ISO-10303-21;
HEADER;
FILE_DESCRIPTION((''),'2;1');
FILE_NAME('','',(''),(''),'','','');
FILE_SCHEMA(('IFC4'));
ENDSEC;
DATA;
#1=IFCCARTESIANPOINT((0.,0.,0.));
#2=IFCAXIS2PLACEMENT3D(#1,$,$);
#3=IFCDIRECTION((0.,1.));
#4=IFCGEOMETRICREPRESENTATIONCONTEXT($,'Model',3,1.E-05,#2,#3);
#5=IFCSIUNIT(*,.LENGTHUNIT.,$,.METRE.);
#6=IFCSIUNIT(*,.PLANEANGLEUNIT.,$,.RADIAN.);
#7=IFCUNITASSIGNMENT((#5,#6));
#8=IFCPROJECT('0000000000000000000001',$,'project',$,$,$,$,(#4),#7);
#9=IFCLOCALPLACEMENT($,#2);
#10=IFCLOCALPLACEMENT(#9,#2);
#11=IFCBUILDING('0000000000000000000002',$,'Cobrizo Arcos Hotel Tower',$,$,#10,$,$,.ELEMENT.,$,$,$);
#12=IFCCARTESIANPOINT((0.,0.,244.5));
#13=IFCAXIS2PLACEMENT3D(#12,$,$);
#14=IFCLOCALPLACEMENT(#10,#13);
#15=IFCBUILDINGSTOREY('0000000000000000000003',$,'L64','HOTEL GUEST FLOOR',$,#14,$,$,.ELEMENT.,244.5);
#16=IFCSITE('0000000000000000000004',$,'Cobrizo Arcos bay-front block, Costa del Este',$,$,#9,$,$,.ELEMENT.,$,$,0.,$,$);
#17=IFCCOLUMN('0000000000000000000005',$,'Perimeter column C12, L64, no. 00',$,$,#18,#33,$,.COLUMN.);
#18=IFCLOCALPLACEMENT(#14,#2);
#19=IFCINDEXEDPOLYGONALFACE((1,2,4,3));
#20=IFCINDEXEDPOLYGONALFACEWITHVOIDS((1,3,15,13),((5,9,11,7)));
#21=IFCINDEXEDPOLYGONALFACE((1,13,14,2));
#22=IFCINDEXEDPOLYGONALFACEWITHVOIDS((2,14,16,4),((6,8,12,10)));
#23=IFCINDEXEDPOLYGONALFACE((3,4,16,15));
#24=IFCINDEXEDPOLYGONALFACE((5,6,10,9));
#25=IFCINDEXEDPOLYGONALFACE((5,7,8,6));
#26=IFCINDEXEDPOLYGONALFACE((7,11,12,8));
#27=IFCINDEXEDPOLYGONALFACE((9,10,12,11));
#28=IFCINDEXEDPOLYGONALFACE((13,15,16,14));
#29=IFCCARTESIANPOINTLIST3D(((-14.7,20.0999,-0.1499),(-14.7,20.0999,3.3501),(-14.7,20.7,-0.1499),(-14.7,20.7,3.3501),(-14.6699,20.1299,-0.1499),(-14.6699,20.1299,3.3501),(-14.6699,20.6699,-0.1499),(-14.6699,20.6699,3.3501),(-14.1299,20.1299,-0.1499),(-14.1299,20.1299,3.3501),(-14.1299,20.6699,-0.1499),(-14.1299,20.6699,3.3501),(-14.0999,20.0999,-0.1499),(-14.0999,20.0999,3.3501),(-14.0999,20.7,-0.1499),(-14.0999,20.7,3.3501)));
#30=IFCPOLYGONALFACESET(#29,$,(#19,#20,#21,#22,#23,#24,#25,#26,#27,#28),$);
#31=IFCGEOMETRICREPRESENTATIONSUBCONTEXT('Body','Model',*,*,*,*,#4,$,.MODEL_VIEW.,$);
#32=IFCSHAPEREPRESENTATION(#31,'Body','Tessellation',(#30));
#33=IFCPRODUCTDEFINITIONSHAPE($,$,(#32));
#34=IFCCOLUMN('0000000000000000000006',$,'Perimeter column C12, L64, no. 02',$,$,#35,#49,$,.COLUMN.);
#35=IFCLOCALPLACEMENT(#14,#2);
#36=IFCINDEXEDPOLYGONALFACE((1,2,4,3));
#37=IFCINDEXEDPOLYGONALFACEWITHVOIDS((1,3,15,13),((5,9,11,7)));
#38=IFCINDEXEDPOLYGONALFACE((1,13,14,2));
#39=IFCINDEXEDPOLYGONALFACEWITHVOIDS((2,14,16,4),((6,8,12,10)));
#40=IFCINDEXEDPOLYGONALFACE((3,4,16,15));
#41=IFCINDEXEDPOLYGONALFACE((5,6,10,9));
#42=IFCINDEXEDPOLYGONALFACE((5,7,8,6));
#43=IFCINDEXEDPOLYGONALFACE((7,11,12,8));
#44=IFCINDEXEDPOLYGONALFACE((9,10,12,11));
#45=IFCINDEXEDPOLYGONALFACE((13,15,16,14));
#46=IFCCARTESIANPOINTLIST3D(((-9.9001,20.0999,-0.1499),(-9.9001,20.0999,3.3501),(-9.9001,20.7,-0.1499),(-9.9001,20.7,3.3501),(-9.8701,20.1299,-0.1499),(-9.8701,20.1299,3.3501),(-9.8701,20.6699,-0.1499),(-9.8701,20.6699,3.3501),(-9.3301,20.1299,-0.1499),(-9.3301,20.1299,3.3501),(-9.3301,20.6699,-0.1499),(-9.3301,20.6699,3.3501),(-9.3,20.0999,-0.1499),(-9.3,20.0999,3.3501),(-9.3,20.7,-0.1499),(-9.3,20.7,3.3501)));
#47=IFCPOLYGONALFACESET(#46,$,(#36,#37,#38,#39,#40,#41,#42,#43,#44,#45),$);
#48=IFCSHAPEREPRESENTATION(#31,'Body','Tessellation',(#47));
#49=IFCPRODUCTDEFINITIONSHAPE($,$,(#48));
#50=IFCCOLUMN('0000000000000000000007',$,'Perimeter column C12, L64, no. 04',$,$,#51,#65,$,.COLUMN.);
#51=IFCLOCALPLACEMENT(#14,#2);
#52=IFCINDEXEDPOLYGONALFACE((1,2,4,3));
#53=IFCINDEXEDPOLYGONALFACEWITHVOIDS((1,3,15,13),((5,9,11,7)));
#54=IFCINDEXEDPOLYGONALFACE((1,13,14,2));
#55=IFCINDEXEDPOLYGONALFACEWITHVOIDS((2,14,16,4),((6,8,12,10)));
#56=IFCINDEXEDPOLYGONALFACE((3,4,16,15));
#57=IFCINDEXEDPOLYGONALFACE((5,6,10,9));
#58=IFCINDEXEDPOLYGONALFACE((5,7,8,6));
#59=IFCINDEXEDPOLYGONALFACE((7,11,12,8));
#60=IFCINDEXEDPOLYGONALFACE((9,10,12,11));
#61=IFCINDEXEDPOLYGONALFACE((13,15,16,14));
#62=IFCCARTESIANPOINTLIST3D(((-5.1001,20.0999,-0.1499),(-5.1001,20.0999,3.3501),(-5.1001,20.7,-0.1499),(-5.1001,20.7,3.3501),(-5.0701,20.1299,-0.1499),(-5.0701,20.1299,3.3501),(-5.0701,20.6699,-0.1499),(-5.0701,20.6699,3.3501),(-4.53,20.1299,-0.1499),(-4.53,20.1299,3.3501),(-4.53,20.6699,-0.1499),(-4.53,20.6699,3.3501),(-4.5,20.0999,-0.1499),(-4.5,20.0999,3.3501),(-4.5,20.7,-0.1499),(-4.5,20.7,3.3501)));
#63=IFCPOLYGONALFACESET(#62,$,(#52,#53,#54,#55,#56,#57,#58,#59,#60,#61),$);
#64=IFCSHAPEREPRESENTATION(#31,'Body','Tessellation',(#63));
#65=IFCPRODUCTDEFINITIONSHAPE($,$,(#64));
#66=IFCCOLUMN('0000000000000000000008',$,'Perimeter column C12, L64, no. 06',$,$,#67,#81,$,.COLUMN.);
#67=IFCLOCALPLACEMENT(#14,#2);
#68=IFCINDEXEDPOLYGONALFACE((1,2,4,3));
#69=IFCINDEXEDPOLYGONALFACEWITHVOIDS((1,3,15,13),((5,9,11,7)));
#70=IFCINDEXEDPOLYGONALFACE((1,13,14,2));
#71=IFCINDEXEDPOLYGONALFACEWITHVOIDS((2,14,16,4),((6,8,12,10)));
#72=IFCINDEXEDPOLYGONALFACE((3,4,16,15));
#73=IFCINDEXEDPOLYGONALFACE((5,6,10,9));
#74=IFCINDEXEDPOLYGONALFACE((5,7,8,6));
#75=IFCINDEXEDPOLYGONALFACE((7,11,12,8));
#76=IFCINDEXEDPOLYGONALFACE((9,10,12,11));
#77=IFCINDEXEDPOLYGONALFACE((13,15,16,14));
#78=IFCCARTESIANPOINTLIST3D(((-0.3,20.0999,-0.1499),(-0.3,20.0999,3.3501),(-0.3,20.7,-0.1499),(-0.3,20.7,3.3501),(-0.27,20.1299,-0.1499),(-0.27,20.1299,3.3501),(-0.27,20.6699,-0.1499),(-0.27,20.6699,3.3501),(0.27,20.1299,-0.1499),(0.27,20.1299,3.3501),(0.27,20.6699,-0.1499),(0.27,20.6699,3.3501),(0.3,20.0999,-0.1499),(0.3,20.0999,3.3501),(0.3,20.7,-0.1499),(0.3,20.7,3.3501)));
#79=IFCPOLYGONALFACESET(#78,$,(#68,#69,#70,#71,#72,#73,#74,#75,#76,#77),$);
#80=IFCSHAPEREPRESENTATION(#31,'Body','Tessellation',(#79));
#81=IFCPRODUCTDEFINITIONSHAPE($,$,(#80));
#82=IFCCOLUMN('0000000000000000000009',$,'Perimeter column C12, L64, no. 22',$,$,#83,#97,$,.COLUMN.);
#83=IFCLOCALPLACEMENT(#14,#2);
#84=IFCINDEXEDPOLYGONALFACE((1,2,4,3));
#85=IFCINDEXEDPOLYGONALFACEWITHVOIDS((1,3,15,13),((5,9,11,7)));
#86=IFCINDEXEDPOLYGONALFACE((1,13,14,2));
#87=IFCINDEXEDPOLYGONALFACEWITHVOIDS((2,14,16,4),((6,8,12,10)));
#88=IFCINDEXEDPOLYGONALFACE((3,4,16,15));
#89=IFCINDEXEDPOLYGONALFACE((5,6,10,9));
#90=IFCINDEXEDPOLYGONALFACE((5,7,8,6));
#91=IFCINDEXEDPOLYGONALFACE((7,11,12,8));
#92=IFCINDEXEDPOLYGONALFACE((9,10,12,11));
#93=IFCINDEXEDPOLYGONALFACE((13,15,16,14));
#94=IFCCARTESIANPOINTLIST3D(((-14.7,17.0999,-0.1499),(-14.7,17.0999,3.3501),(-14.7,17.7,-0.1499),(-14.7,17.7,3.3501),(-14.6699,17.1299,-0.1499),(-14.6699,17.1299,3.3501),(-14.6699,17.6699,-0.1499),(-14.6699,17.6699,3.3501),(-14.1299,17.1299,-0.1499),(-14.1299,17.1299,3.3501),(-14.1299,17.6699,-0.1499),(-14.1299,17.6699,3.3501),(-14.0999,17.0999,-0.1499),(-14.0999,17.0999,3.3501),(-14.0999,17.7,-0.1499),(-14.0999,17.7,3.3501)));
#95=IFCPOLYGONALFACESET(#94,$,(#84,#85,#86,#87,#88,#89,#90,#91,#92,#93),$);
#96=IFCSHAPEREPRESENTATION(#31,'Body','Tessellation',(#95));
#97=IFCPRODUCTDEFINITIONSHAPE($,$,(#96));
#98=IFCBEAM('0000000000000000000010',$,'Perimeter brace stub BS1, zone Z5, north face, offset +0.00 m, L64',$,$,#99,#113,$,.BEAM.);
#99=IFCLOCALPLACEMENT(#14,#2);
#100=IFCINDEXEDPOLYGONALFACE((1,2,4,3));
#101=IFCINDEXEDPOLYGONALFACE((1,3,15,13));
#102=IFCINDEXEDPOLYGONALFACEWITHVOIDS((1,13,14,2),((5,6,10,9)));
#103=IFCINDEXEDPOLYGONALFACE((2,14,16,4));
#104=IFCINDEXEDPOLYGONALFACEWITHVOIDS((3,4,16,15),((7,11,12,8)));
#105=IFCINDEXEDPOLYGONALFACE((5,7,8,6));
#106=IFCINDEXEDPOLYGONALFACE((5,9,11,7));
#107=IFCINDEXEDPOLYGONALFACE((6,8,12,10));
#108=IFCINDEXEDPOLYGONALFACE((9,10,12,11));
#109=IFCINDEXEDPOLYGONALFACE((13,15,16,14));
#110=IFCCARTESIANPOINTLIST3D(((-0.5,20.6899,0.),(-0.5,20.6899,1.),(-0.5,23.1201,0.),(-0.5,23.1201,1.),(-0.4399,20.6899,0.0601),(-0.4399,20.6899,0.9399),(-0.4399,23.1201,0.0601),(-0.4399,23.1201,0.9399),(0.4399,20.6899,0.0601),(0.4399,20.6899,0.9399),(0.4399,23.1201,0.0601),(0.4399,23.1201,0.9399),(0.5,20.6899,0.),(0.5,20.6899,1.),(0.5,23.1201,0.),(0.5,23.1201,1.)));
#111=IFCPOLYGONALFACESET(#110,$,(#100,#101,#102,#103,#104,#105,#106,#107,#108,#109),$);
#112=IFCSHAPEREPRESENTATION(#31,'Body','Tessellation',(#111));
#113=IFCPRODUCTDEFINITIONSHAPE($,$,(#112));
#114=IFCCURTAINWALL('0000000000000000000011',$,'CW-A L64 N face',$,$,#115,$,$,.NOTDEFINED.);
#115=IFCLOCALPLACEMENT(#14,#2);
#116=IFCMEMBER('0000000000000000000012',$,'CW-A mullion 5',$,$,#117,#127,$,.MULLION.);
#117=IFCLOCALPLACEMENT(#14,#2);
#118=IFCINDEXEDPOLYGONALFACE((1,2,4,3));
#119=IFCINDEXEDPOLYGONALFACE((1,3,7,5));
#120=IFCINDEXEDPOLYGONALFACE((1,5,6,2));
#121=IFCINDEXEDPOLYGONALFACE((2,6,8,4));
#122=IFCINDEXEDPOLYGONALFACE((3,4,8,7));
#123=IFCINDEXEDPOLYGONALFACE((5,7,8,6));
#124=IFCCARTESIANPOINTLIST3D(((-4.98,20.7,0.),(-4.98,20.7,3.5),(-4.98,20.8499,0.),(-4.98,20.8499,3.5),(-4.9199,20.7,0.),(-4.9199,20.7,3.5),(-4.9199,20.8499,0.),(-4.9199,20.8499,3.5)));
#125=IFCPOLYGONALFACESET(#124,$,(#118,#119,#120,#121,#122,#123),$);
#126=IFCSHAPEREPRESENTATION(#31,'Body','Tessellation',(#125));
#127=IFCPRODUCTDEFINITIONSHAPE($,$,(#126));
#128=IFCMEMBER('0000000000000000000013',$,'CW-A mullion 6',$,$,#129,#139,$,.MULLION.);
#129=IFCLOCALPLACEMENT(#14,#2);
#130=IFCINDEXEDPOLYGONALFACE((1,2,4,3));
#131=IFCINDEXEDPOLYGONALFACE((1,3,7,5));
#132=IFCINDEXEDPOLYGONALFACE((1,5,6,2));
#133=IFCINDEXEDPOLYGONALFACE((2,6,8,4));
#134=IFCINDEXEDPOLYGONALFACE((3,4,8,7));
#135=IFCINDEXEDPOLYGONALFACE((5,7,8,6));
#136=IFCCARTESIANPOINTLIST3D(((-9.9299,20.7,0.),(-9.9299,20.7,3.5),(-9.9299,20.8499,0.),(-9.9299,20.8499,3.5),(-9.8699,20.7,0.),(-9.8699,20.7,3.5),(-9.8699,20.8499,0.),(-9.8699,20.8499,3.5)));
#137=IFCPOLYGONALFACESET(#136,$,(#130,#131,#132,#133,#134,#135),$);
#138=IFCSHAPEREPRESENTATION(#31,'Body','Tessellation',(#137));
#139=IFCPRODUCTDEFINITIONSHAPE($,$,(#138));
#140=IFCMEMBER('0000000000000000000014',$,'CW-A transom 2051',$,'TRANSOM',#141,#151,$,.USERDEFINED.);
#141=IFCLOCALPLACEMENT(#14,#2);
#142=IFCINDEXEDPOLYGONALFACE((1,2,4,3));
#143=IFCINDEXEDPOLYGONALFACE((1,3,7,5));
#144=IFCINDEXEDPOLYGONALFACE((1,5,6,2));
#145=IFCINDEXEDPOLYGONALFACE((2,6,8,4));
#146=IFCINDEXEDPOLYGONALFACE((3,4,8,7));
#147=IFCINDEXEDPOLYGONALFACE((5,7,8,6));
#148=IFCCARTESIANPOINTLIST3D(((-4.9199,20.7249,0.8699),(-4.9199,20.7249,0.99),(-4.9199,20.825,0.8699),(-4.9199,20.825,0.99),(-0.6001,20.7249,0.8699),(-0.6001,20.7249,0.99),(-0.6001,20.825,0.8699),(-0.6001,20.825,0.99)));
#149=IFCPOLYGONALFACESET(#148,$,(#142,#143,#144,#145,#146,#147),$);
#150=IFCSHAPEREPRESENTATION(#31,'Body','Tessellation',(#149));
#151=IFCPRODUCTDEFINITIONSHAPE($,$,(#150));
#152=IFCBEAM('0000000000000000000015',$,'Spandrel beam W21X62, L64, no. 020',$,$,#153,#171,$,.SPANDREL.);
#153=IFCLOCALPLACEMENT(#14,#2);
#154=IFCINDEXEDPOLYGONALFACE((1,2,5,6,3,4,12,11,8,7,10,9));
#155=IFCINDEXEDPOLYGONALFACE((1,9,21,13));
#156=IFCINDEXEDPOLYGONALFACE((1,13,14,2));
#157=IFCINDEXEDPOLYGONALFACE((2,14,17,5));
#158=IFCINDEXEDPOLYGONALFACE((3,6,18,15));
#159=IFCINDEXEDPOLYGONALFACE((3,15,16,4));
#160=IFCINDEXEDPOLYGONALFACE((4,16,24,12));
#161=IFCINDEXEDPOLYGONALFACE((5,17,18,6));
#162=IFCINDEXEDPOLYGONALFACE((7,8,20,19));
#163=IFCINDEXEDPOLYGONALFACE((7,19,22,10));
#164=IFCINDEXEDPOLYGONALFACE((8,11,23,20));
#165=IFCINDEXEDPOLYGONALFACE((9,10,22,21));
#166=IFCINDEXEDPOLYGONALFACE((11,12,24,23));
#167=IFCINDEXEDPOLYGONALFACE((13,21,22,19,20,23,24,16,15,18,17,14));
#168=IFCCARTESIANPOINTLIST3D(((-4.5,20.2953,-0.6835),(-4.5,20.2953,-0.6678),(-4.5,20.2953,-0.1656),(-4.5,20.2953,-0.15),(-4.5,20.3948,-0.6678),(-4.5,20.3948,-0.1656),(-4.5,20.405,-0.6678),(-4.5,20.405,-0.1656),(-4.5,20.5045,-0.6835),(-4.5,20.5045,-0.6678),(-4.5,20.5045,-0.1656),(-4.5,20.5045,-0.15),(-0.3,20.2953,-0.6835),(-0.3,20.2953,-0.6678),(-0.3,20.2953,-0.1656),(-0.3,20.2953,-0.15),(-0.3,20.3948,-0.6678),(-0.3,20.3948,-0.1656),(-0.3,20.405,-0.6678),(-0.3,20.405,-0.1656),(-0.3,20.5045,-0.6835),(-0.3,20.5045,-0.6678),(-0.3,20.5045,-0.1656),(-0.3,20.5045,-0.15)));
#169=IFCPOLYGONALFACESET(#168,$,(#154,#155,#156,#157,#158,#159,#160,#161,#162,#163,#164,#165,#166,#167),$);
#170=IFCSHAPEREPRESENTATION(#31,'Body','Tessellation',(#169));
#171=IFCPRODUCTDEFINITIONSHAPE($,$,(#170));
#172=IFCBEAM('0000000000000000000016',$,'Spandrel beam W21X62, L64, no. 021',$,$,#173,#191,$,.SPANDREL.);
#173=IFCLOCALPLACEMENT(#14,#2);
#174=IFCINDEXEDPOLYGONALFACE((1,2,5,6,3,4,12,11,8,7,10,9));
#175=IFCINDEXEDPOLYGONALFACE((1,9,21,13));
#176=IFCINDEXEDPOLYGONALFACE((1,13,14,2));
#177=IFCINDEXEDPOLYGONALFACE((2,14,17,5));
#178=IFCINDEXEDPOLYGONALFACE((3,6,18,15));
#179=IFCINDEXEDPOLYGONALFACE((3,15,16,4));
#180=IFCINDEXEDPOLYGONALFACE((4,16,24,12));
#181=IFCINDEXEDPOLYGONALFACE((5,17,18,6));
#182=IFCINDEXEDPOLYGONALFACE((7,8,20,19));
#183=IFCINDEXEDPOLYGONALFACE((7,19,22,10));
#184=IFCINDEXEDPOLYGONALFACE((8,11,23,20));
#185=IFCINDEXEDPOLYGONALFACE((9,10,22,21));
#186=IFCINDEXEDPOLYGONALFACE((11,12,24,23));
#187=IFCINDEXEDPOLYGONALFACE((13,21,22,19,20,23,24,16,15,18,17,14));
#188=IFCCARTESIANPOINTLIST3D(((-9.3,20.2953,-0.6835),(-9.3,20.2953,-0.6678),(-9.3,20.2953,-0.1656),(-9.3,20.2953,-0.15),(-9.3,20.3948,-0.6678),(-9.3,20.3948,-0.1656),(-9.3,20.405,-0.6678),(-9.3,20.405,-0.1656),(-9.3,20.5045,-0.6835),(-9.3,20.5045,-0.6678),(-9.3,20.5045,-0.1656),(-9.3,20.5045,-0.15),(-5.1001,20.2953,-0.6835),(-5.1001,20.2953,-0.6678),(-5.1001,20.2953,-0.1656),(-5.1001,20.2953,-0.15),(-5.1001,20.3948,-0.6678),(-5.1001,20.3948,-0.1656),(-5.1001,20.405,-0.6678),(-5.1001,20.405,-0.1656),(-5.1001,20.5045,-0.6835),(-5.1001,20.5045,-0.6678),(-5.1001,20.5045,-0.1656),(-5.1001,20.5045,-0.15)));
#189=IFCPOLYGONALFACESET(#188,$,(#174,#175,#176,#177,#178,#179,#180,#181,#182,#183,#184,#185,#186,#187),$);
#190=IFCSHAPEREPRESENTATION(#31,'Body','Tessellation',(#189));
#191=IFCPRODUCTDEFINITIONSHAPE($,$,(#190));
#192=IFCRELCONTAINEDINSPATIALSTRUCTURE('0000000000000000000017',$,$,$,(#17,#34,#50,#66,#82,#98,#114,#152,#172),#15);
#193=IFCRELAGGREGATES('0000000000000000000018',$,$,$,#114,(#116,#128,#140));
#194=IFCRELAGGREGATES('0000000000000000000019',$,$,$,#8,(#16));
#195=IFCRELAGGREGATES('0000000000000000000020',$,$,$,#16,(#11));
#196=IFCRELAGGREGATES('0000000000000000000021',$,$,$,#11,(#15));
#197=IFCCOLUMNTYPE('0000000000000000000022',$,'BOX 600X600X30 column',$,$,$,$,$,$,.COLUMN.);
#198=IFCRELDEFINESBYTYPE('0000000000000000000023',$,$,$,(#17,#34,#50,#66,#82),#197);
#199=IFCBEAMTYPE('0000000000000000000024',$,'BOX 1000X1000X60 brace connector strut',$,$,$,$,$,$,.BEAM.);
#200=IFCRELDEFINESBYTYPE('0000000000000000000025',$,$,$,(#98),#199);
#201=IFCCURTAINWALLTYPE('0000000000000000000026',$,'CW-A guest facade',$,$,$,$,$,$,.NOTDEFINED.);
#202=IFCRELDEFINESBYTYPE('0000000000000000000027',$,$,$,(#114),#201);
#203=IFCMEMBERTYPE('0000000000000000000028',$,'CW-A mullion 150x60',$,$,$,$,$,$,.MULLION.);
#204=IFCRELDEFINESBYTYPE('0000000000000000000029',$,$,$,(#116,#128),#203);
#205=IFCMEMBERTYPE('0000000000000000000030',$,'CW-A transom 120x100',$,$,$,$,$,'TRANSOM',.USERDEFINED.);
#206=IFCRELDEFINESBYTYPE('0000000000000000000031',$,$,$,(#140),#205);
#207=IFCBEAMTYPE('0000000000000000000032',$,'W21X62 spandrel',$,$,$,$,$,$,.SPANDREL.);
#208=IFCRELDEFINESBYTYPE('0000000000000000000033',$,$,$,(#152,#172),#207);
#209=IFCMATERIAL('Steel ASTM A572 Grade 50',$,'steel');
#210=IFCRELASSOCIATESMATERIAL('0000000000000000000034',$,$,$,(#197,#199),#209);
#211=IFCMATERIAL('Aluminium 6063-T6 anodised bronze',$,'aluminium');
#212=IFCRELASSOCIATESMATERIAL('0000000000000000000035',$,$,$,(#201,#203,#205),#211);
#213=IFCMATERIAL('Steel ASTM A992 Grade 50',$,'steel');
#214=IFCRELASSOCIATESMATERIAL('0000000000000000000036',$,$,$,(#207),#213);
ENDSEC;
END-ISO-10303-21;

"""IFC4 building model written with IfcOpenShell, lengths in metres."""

from ifc_helpers import new_model, si_unit, direction, frame, origin, origin_2d, place, context, subcontext, project, spatial, rectangle, hollow_rectangle, i_section, extrude, material, material_profile, profile_set, type_object, element, aggregate, save


model = new_model("IFC4")

# Units and contexts
model_context = context("Model", 3, precision=1e-05, world=origin(), true_north=direction((0.0, 1.0)))
body_context = subcontext(model_context, "Body", "Model", "MODEL_VIEW")
ifc_project = project(units=[si_unit("LENGTHUNIT", "METRE"), si_unit("PLANEANGLEUNIT", "RADIAN")], contexts=[model_context])

# Site, building, storey
site_placement = place(None, origin())
site = spatial("IfcSite", under=ifc_project, at=site_placement, Name="Cobrizo Arcos bay-front block, Costa del Este", CompositionType="ELEMENT", RefElevation=0.0)
building_placement = place(site_placement, origin())
building = spatial("IfcBuilding", under=site, at=building_placement, Name="Cobrizo Arcos Hotel Tower", CompositionType="ELEMENT")
storey_placement = place(building_placement, frame((0.0, 0.0, 244.5)))
storey = spatial("IfcBuildingStorey", under=building, at=storey_placement, Name="L64", Description="HOTEL GUEST FLOOR", CompositionType="ELEMENT", Elevation=244.5)

# Columns
ifc_material_1 = material(Name="Steel ASTM A572 Grade 50", Category="steel")
ifc_material_profile_1 = material_profile(ifc_material_1, hollow_rectangle(XDim=0.6001, YDim=0.6001, WallThickness=0.03, at=origin_2d()), Name="BOX 600X600X30")
ifc_profile_set_1 = profile_set([ifc_material_profile_1], Name="Steel ASTM A572 Grade 50")
column_type = type_object("IfcColumnType", Name="BOX 600X600X30 column", PredefinedType="COLUMN", material=ifc_profile_set_1)
for number, where, z_axis, x_axis, name in (
    (1, (-14.3999, 20.3999, -0.1499), (0.0, 0.0, 1.0), (1.0, 0.0, 0.0), "Perimeter column C12, L64, no. 00"),
    (2, (-9.6001, 20.3999, -0.1499), (0.0, 0.0, 1.0), (1.0, 0.0, 0.0), "Perimeter column C12, L64, no. 02"),
    (3, (-4.8, 20.3999, -0.1499), (0.0, 0.0, 1.0), (1.0, 0.0, 0.0), "Perimeter column C12, L64, no. 04"),
    (4, (0.0, 20.3999, -0.1499), (0.0, 0.0, 1.0), (1.0, 0.0, 0.0), "Perimeter column C12, L64, no. 06"),
    (5, (-14.3999, 17.3999, -0.1499), (0.0, 0.0, 1.0), (1.0, 0.0, 0.0), "Perimeter column C12, L64, no. 22"),
):
    element("IfcColumn", number, at=place(storey_placement, frame(where, z_axis=z_axis, x_axis=x_axis)), inside=storey, type_object=column_type, Name=name, PredefinedType="COLUMN", context=body_context, shape_type="SweptSolid", body=[
        extrude(hollow_rectangle(XDim=0.6001, YDim=0.6001, WallThickness=0.03, at=origin_2d()), origin(), (0.0, 0.0, 1.0), 3.5),
    ])

# Beam
ifc_material_profile_2 = material_profile(ifc_material_1, hollow_rectangle(XDim=1.0, YDim=1.0, WallThickness=0.0601, at=origin_2d()), Name="BOX 1000X1000X60")
ifc_profile_set_2 = profile_set([ifc_material_profile_2], Name="Steel ASTM A572 Grade 50")
beam_type_1 = type_object("IfcBeamType", Name="BOX 1000X1000X60 brace connector strut", PredefinedType="BEAM", material=ifc_profile_set_2)
beam_1_placement = place(storey_placement, frame((0.0, 20.6899, 0.5), z_axis=(0.0, 1.0, 0.0), x_axis=(-1.0, 0.0, 0.0)))
element("IfcBeam", 6, at=beam_1_placement, inside=storey, type_object=beam_type_1, Name="Perimeter brace stub BS1, zone Z5, north face, offset +0.00 m, L64", PredefinedType="BEAM", context=body_context, shape_type="SweptSolid", body=[
    extrude(hollow_rectangle(XDim=1.0, YDim=1.0, WallThickness=0.0601, at=origin_2d()), origin(), (0.0, 0.0, 1.0), 2.4302),
])

# Curtain wall, members
ifc_material_2 = material(Name="Aluminium 6063-T6 anodised bronze", Category="aluminium")
curtain_wall_type = type_object("IfcCurtainWallType", Name="CW-A guest facade", PredefinedType="NOTDEFINED", material=ifc_material_2)
curtain_wall_placement = place(storey_placement, origin())
curtain_wall = element("IfcCurtainWall", 7, at=curtain_wall_placement, inside=storey, type_object=curtain_wall_type, Name="CW-A L64 N face", PredefinedType="NOTDEFINED")
ifc_material_profile_3 = material_profile(ifc_material_2, rectangle(XDim=0.1499, YDim=0.0601, at=origin_2d()), Name="CW-A mullion 150x60")
ifc_profile_set_3 = profile_set([ifc_material_profile_3], Name="Aluminium 6063-T6 anodised bronze")
member_type_1 = type_object("IfcMemberType", Name="CW-A mullion 150x60", PredefinedType="MULLION", material=ifc_profile_set_3)
member_1_placement = place(storey_placement, frame((-4.95, 20.7749, 0.0), z_axis=(0.0, 0.0, 1.0), x_axis=(0.0, 1.0, 0.0)))
member_1 = element("IfcMember", 8, at=member_1_placement, type_object=member_type_1, Name="CW-A mullion 5", PredefinedType="MULLION", context=body_context, shape_type="SweptSolid", body=[
    extrude(rectangle(XDim=0.1499, YDim=0.0601, at=origin_2d()), origin(), (0.0, 0.0, 1.0), 3.5),
])
member_2_placement = place(storey_placement, frame((-9.8999, 20.7749, 0.0), z_axis=(0.0, 0.0, 1.0), x_axis=(0.0, 1.0, 0.0)))
member_2 = element("IfcMember", 9, at=member_2_placement, type_object=member_type_1, Name="CW-A mullion 6", PredefinedType="MULLION", context=body_context, shape_type="SweptSolid", body=[
    extrude(rectangle(XDim=0.1499, YDim=0.0601, at=origin_2d()), origin(), (0.0, 0.0, 1.0), 3.5),
])
ifc_material_profile_4 = material_profile(ifc_material_2, rectangle(XDim=0.1001, YDim=0.1201, at=origin_2d()), Name="CW-A transom 120x100")
ifc_profile_set_4 = profile_set([ifc_material_profile_4], Name="Aluminium 6063-T6 anodised bronze")
member_type_2 = type_object("IfcMemberType", Name="CW-A transom 120x100", ElementType="TRANSOM", PredefinedType="USERDEFINED", material=ifc_profile_set_4)
member_3_placement = place(storey_placement, frame((-0.6001, 20.7749, 0.9299), z_axis=(-1.0, 0.0, 0.0), x_axis=(0.0, -1.0, 0.0)))
member_3 = element("IfcMember", 10, at=member_3_placement, type_object=member_type_2, Name="CW-A transom 2051", ObjectType="TRANSOM", PredefinedType="USERDEFINED", context=body_context, shape_type="SweptSolid", body=[
    extrude(rectangle(XDim=0.1001, YDim=0.1201, at=origin_2d()), origin(), (0.0, 0.0, 1.0), 4.3198),
])

# Beams
ifc_material_3 = material(Name="Steel ASTM A992 Grade 50", Category="steel")
ifc_material_profile_5 = material_profile(ifc_material_3, i_section(OverallWidth=0.2092, OverallDepth=0.5334, WebThickness=0.0103, FlangeThickness=0.0156, at=origin_2d()), Name="W21X62")
ifc_profile_set_5 = profile_set([ifc_material_profile_5], Name="Steel ASTM A992 Grade 50")
beam_type_2 = type_object("IfcBeamType", Name="W21X62 spandrel", PredefinedType="SPANDREL", material=ifc_profile_set_5)
for number, where, z_axis, x_axis, name in (
    (11, (-0.3, 20.3999, -0.4167), (-1.0, 0.0, 0.0), (0.0, -1.0, 0.0), "Spandrel beam W21X62, L64, no. 020"),
    (12, (-5.1001, 20.3999, -0.4167), (-1.0, 0.0, 0.0), (0.0, -1.0, 0.0), "Spandrel beam W21X62, L64, no. 021"),
):
    element("IfcBeam", number, at=place(storey_placement, frame(where, z_axis=z_axis, x_axis=x_axis)), inside=storey, type_object=beam_type_2, Name=name, PredefinedType="SPANDREL", context=body_context, shape_type="SweptSolid", body=[
        extrude(i_section(OverallWidth=0.2092, OverallDepth=0.5334, WebThickness=0.0103, FlangeThickness=0.0156, at=origin_2d()), origin(), (0.0, 0.0, 1.0), 4.2),
    ])

aggregate(curtain_wall, [member_1, member_2, member_3])

save(model, "model.ifc")
